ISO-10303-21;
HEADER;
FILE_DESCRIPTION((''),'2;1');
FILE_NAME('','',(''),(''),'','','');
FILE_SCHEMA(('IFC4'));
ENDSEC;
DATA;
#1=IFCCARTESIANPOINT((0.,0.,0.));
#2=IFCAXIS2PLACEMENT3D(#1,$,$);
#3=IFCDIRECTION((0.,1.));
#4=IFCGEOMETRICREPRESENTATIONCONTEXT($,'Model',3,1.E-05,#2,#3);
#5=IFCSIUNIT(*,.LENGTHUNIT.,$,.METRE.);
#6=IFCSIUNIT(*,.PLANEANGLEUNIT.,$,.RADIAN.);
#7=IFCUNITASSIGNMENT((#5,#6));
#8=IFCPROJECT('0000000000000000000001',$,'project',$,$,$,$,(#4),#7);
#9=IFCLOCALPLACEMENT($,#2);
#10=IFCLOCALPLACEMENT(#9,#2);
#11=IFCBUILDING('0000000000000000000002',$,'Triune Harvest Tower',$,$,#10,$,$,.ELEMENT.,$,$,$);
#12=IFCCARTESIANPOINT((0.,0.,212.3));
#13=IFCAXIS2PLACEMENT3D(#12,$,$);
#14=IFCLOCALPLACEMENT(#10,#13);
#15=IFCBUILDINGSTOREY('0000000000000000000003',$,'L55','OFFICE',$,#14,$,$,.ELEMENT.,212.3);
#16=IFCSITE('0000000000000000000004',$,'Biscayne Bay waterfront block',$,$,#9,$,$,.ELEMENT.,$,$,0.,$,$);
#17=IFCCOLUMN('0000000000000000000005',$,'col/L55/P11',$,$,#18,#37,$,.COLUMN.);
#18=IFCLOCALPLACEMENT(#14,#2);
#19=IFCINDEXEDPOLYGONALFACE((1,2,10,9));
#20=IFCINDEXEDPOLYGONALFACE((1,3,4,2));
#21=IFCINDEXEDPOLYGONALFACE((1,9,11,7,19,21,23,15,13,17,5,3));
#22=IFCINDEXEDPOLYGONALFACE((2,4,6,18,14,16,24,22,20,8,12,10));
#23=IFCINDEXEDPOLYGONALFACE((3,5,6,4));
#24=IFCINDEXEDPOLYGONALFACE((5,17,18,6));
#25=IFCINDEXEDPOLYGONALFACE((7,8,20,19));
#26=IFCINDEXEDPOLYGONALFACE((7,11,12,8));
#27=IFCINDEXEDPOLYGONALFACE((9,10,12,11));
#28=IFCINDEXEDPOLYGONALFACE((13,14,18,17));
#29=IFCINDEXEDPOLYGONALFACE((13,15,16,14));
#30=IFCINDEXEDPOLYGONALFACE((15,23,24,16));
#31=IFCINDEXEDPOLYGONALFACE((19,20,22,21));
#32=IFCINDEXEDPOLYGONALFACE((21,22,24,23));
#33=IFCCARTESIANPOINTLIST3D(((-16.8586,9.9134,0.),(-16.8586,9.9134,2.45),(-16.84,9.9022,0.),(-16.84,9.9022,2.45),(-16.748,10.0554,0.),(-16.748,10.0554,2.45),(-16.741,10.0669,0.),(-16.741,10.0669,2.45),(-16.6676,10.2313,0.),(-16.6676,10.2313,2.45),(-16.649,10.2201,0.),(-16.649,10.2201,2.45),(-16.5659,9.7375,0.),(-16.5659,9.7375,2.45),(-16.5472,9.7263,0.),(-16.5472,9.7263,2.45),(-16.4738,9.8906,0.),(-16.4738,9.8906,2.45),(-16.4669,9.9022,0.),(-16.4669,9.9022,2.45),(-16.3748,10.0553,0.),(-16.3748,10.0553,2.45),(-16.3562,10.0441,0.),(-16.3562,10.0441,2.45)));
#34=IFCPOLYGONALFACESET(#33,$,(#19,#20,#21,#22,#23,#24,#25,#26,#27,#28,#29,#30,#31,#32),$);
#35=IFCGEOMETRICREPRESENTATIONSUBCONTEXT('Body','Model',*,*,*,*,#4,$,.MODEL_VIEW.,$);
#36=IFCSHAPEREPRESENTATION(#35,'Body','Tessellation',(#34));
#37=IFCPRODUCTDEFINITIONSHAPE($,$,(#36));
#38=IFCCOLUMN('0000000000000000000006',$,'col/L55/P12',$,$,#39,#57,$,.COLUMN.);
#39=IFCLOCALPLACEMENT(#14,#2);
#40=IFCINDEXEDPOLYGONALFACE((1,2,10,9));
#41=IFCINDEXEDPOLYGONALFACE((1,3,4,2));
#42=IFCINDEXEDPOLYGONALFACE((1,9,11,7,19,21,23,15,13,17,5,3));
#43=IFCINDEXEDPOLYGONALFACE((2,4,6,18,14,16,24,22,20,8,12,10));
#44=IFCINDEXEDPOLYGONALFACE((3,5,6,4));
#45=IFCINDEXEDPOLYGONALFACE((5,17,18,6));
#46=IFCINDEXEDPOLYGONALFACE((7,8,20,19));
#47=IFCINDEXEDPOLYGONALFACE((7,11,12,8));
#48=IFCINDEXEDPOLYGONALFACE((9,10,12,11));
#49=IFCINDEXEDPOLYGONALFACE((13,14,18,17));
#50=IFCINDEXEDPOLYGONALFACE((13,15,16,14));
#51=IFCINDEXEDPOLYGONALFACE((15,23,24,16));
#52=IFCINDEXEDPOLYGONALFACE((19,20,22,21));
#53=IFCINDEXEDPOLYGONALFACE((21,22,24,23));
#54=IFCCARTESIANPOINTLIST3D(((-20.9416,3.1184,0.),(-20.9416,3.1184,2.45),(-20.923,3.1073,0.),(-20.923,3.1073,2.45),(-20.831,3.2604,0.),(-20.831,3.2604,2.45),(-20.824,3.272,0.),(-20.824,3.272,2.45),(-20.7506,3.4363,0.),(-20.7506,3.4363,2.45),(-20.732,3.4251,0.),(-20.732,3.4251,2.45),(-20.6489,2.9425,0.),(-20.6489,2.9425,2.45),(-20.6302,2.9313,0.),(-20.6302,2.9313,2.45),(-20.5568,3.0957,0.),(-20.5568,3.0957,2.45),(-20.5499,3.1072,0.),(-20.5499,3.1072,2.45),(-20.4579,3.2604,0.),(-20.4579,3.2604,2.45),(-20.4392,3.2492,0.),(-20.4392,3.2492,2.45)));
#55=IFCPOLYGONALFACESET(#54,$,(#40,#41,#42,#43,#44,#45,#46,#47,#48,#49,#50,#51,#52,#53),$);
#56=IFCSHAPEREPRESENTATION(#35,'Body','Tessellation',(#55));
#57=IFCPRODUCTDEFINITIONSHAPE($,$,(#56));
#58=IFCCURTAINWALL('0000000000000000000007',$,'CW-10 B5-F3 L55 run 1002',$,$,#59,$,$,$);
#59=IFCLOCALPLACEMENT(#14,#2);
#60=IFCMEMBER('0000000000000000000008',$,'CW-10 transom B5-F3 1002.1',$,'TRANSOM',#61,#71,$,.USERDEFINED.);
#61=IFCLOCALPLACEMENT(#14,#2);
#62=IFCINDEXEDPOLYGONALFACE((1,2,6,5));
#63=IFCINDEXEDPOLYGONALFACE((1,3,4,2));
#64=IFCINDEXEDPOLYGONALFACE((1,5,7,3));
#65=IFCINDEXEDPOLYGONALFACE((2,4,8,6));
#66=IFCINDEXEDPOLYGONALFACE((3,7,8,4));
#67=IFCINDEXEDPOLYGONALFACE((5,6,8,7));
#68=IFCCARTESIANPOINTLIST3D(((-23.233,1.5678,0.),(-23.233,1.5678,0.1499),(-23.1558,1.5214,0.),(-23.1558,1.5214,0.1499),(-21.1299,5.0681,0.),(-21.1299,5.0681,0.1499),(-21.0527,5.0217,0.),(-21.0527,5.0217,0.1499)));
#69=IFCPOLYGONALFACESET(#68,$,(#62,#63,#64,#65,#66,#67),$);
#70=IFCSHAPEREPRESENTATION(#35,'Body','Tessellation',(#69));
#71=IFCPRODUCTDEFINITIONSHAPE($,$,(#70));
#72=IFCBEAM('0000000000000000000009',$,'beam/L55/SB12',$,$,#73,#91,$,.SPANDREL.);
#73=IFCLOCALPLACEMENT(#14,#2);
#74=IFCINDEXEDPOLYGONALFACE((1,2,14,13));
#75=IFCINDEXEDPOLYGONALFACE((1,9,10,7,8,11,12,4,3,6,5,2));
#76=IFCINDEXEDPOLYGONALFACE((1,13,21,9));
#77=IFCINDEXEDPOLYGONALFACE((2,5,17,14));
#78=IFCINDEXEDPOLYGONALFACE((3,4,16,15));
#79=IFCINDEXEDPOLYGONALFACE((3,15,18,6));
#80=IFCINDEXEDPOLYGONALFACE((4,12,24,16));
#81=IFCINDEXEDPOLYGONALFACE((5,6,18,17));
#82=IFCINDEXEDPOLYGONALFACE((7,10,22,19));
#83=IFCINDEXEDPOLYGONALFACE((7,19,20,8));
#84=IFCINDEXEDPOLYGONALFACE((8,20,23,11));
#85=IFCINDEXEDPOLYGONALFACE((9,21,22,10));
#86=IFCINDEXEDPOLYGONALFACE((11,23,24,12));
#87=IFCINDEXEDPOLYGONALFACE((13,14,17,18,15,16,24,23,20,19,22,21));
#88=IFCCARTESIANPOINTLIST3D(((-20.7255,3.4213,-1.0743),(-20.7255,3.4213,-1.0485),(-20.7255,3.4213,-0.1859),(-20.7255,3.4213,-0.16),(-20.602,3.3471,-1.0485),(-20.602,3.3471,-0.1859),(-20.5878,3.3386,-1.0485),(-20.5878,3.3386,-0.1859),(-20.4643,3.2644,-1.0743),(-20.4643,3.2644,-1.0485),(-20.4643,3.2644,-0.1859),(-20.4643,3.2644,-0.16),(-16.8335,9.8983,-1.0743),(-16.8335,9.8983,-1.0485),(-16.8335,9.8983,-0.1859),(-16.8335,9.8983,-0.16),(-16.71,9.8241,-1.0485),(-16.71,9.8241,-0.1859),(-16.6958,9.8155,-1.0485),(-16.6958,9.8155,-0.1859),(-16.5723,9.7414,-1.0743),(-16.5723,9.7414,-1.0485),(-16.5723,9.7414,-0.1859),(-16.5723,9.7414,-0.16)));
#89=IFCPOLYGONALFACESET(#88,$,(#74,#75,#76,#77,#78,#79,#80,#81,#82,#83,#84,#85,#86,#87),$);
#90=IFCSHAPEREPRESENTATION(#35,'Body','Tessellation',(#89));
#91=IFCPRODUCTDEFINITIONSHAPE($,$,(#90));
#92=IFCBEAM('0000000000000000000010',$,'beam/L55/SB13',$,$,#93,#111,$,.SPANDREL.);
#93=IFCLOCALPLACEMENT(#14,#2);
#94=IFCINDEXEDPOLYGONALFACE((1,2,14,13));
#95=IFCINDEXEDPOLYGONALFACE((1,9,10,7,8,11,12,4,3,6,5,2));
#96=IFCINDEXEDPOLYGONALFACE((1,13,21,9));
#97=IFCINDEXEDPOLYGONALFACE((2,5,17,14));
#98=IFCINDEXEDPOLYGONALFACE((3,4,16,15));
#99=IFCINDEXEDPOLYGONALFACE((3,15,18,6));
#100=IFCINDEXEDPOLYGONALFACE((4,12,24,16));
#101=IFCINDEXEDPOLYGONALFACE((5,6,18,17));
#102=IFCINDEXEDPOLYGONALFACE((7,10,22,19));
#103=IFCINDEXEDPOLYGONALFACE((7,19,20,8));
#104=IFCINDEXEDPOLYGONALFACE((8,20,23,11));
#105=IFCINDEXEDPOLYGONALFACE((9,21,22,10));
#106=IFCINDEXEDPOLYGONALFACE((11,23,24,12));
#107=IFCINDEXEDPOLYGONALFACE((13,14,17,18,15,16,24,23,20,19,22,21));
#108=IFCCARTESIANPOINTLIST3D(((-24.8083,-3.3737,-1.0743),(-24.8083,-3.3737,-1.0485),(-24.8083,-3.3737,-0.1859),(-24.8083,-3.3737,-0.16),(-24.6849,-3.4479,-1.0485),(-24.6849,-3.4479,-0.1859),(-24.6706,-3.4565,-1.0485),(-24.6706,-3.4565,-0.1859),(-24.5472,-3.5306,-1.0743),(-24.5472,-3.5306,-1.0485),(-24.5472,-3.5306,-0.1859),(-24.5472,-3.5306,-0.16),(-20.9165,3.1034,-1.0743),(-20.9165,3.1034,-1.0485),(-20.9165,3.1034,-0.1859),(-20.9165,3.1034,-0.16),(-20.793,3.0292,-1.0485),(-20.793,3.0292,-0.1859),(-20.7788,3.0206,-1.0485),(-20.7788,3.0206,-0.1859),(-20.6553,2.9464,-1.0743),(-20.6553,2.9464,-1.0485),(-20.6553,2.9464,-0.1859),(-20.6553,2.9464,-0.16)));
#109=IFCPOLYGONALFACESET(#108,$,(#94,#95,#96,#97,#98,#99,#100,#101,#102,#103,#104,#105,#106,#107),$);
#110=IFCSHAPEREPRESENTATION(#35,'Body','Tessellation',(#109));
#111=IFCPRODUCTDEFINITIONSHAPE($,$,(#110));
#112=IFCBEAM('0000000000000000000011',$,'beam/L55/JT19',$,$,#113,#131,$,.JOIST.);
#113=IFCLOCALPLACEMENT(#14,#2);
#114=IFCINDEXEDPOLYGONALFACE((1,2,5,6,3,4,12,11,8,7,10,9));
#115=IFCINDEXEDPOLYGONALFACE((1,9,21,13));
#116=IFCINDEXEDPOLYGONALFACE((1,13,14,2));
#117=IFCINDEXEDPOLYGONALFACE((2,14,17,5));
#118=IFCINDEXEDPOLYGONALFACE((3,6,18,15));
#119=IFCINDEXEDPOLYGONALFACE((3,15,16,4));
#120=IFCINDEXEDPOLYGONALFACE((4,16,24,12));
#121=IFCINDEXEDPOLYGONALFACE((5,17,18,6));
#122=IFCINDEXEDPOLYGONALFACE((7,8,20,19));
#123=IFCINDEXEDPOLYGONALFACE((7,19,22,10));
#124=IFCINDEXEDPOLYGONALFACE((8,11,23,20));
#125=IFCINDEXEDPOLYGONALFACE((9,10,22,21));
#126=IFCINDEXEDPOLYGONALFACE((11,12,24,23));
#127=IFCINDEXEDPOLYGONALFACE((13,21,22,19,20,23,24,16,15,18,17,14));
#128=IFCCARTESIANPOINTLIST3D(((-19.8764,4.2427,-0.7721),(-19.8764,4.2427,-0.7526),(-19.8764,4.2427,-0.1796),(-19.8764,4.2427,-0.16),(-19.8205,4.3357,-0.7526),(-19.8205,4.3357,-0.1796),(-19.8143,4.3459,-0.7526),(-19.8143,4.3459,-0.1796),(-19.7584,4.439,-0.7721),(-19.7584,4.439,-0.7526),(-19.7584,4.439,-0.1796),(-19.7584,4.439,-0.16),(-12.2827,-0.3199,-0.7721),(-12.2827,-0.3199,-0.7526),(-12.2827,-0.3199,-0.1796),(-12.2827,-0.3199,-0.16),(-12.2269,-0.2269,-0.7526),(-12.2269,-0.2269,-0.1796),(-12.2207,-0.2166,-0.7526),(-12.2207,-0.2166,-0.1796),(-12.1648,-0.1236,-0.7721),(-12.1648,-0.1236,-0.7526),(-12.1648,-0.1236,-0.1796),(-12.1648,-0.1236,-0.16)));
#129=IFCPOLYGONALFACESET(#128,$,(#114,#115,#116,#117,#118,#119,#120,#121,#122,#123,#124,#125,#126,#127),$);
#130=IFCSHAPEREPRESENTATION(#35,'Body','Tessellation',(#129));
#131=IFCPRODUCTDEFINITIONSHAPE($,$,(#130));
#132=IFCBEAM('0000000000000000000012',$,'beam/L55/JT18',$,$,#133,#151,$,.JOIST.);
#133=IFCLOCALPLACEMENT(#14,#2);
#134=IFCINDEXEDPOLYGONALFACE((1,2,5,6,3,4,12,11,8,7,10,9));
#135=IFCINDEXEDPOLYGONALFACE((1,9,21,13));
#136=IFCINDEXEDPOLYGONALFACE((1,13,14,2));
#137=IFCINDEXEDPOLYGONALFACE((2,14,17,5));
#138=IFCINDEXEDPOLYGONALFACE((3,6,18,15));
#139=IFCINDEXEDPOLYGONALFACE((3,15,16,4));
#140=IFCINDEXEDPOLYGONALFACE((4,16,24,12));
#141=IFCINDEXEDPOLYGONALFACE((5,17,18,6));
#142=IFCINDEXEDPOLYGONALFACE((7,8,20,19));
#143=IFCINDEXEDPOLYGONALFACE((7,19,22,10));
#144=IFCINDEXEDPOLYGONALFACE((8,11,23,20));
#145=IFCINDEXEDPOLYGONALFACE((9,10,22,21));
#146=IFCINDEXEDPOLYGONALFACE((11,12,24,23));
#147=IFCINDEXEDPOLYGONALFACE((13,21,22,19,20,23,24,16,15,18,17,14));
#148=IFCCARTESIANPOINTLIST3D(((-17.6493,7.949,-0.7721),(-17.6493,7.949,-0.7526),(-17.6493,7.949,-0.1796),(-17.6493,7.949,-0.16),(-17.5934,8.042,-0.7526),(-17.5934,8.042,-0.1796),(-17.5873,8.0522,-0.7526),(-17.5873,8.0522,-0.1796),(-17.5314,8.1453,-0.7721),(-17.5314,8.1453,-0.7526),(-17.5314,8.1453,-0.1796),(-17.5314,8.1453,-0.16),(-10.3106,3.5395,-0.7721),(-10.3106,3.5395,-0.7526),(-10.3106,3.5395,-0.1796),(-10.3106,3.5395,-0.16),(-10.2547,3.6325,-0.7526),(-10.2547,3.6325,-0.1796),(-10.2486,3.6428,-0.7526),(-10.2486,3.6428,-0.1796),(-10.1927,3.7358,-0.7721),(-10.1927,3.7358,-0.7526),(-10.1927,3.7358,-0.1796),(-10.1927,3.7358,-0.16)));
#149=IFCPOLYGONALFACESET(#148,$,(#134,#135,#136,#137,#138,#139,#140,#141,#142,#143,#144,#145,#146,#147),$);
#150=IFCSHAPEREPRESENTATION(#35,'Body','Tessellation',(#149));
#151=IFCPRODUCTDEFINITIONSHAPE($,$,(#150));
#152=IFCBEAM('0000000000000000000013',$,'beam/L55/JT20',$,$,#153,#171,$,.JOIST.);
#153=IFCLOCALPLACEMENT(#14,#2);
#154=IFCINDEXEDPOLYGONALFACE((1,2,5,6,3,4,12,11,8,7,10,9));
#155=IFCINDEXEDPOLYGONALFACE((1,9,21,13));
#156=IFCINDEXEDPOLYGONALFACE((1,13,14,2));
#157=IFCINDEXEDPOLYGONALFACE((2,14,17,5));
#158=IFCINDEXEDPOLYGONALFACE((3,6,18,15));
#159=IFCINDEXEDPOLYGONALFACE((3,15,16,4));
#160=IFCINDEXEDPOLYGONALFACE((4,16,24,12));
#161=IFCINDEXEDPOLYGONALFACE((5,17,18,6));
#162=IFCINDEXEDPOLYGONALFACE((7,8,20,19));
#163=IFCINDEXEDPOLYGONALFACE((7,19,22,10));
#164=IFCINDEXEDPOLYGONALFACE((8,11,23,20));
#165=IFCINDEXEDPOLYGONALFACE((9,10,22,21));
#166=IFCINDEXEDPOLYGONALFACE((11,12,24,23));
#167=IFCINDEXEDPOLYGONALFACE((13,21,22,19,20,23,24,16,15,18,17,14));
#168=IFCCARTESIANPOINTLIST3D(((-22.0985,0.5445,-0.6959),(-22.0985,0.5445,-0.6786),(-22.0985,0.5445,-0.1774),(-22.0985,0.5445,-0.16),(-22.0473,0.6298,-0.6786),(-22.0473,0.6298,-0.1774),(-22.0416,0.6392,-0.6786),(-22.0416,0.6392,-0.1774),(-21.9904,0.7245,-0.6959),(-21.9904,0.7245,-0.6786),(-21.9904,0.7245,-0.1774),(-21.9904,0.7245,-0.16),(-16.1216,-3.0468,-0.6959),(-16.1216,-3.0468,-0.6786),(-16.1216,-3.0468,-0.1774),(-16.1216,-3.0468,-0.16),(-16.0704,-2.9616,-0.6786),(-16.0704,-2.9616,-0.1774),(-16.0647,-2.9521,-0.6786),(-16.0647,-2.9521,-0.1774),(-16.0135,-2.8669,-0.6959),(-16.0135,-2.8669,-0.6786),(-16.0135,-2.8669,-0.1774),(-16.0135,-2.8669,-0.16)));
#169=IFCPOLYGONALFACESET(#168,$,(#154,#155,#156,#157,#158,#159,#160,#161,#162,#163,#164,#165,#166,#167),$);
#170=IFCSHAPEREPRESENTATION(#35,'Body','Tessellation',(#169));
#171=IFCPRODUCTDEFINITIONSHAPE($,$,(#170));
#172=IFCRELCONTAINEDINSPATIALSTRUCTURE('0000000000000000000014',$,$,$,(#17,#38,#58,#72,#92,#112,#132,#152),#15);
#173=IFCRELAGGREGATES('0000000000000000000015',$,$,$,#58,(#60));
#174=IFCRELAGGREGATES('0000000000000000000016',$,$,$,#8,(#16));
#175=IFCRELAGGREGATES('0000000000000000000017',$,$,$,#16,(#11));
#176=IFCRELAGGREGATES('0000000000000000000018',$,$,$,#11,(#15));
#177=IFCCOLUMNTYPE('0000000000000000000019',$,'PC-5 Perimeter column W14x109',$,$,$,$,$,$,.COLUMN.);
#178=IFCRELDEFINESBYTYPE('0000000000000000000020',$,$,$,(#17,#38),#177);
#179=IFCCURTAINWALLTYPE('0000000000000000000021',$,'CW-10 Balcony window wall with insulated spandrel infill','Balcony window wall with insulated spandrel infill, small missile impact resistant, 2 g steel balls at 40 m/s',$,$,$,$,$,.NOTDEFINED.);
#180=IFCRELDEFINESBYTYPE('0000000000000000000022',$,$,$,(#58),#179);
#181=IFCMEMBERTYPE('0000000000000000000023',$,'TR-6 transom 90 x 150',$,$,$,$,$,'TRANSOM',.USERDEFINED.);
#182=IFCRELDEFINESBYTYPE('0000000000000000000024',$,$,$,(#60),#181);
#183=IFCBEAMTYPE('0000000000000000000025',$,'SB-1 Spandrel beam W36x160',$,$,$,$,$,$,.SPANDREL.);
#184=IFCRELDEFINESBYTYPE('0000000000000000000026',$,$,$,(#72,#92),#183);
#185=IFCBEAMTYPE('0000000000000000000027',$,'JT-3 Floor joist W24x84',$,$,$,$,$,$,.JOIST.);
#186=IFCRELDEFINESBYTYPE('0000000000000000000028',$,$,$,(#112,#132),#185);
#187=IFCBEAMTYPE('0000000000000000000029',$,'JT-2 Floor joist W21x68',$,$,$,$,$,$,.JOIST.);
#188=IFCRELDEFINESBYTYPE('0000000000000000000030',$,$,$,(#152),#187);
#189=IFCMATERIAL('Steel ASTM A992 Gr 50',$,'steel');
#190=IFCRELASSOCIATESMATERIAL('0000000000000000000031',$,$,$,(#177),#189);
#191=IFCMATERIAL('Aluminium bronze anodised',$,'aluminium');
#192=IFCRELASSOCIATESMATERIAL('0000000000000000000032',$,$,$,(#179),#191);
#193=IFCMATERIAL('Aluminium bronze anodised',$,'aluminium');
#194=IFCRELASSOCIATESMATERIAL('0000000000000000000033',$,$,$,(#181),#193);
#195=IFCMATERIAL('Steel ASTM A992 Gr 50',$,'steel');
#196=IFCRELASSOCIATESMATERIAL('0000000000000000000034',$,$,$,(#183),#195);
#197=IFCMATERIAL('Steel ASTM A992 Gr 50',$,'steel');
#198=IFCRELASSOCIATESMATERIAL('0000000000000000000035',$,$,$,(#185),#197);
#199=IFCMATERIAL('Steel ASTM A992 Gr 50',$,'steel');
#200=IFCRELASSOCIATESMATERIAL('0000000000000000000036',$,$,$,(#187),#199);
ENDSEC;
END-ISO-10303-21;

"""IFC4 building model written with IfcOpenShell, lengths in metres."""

from ifc_helpers import new_model, si_unit, direction, frame, origin, origin_2d, place, context, subcontext, project, spatial, rectangle, i_section, extrude, source, transform, mapped, material, material_profile, profile_set, type_object, element, aggregate, save


model = new_model("IFC4")

# Units and contexts
model_context = context("Model", 3, precision=1e-05, world=origin(), true_north=direction((0.0, 1.0)))
body_context = subcontext(model_context, "Body", "Model", "MODEL_VIEW")
ifc_project = project(units=[si_unit("LENGTHUNIT", "METRE"), si_unit("PLANEANGLEUNIT", "RADIAN")], contexts=[model_context])

# Site, building, storey
site_placement = place(None, origin())
site = spatial("IfcSite", under=ifc_project, at=site_placement, Name="Biscayne Bay waterfront block", CompositionType="ELEMENT", RefElevation=0.0)
building_placement = place(site_placement, origin())
building = spatial("IfcBuilding", under=site, at=building_placement, Name="Triune Harvest Tower", CompositionType="ELEMENT")
storey_placement = place(building_placement, frame((0.0, 0.0, 212.3)))
storey = spatial("IfcBuildingStorey", under=building, at=storey_placement, Name="L55", Description="OFFICE", CompositionType="ELEMENT", Elevation=212.3)

# Columns
ifc_material_1 = material(Name="Steel ASTM A992 Gr 50", Category="steel")
ifc_material_profile_1 = material_profile(ifc_material_1, i_section(OverallWidth=0.3708, OverallDepth=0.3633, WebThickness=0.0134, FlangeThickness=0.0217, at=origin_2d()), Name="W14x109")
ifc_profile_set_1 = profile_set([ifc_material_profile_1], Name="Steel ASTM A992 Gr 50")
column_type = type_object("IfcColumnType", Name="PC-5 Perimeter column W14x109", PredefinedType="COLUMN", material=ifc_profile_set_1)
shared_shape_1 = source(origin(), body_context, "Body", "SweptSolid", [
    extrude(i_section(OverallWidth=0.3708, OverallDepth=0.3633, WebThickness=0.0134, FlangeThickness=0.0217, at=origin_2d()), origin(), (0.0, 0.0, 1.0), 2.45),
])
for number, where, z_axis, x_axis, name in (
    (1, (-16.6074, 9.9788, 0.0), (0.0, 0.0, 1.0), (-0.515037, -0.857168, 0.0), "col/L55/P11"),
    (2, (-20.6904, 3.1838, 0.0), (0.0, 0.0, 1.0), (-0.515037, -0.857168, 0.0), "col/L55/P12"),
):
    element("IfcColumn", number, at=place(storey_placement, frame(where, z_axis=z_axis, x_axis=x_axis)), inside=storey, type_object=column_type, Name=name, PredefinedType="COLUMN", context=body_context, shape_type="MappedRepresentation", body=[
        mapped(shared_shape_1, transform((0.0, 0.0, 0.0), scale=1.0)),
    ])

# Curtain wall, member
ifc_material_2 = material(Name="Aluminium bronze anodised", Category="aluminium")
curtain_wall_type_1 = type_object("IfcCurtainWallType", Name="CW-10 Balcony window wall with insulated spandrel infill", Description="Balcony window wall with insulated spandrel infill, small missile impact resistant, 2 g steel balls at 40 m/s", PredefinedType="NOTDEFINED", material=ifc_material_2)
curtain_wall_1_placement = place(storey_placement, origin())
curtain_wall_1 = element("IfcCurtainWall", 3, at=curtain_wall_1_placement, inside=storey, type_object=curtain_wall_type_1, Name="CW-10 B5-F3 L55 run 1002")
ifc_material_3 = material(Name="Aluminium bronze anodised", Category="aluminium")
ifc_material_profile_2 = material_profile(ifc_material_3, rectangle(XDim=0.0901, YDim=0.1499, at=origin_2d()), Name="TR-6 transom 90 x 150")
ifc_profile_set_2 = profile_set([ifc_material_profile_2], Name="Aluminium bronze anodised")
member_type_1 = type_object("IfcMemberType", Name="TR-6 transom 90 x 150", ElementType="TRANSOM", PredefinedType="USERDEFINED", material=ifc_profile_set_2)
member_1_placement = place(storey_placement, frame((-21.0913, 5.0449, 0.075), z_axis=(-0.515014, -0.857182, 0.0), x_axis=(0.857182, -0.515014, 0.0)))
member_1 = element("IfcMember", 4, at=member_1_placement, type_object=member_type_1, Name="CW-10 transom B5-F3 1002.1", ObjectType="TRANSOM", PredefinedType="USERDEFINED", context=body_context, shape_type="SweptSolid", body=[
    extrude(rectangle(XDim=0.0901, YDim=0.1499, at=origin_2d()), origin(), (0.0, 0.0, 1.0), 4.0835),
])

# Beams
ifc_material_4 = material(Name="Steel ASTM A992 Gr 50", Category="steel")
ifc_material_profile_3 = material_profile(ifc_material_4, i_section(OverallWidth=0.3047, OverallDepth=0.9143, WebThickness=0.0166, FlangeThickness=0.0259, at=origin_2d()), Name="W36x160")
ifc_profile_set_3 = profile_set([ifc_material_profile_3], Name="Steel ASTM A992 Gr 50")
beam_type_1 = type_object("IfcBeamType", Name="SB-1 Spandrel beam W36x160", PredefinedType="SPANDREL", material=ifc_profile_set_3)
shared_shape_2 = source(origin(), body_context, "Body", "SweptSolid", [
    extrude(i_section(OverallWidth=0.3047, OverallDepth=0.9143, WebThickness=0.0166, FlangeThickness=0.0259, at=origin_2d()), origin(), (0.0, 0.0, 1.0), 7.5564),
])
for number, where, z_axis, x_axis, name in (
    (5, (-16.7029, 9.8198, -0.6172), (-0.515066, -0.857151, 0.0), (0.857151, -0.515066, 0.0), "beam/L55/SB12"),
    (6, (-20.7859, 3.0249, -0.6172), (-0.515042, -0.857165, 0.0), (0.857165, -0.515042, 0.0), "beam/L55/SB13"),
):
    element("IfcBeam", number, at=place(storey_placement, frame(where, z_axis=z_axis, x_axis=x_axis)), inside=storey, type_object=beam_type_1, Name=name, PredefinedType="SPANDREL", context=body_context, shape_type="MappedRepresentation", body=[
        mapped(shared_shape_2, transform((0.0, 0.0, 0.0), scale=1.0)),
    ])
ifc_material_5 = material(Name="Steel ASTM A992 Gr 50", Category="steel")
ifc_material_profile_4 = material_profile(ifc_material_5, i_section(OverallWidth=0.229, OverallDepth=0.6121, WebThickness=0.012, FlangeThickness=0.0195, at=origin_2d()), Name="W24x84")
ifc_profile_set_4 = profile_set([ifc_material_profile_4], Name="Steel ASTM A992 Gr 50")
beam_type_2 = type_object("IfcBeamType", Name="JT-3 Floor joist W24x84", PredefinedType="JOIST", material=ifc_profile_set_4)
shared_shape_3 = source(origin(), body_context, "Body", "SweptSolid", [
    extrude(i_section(OverallWidth=0.229, OverallDepth=0.6121, WebThickness=0.012, FlangeThickness=0.0195, at=origin_2d()), origin(), (0.0, 0.0, 1.0), 8.8589),
])
beam_1_placement = place(storey_placement, frame((-19.8174, 4.3408, -0.4661), z_axis=(0.857174, -0.515027, 0.0), x_axis=(0.515027, 0.857174, 0.0)))
element("IfcBeam", 7, at=beam_1_placement, inside=storey, type_object=beam_type_2, Name="beam/L55/JT19", PredefinedType="JOIST", context=body_context, shape_type="MappedRepresentation", body=[
    mapped(shared_shape_3, transform((0.0, 0.0, 0.0), scale=1.0)),
])
shared_shape_4 = source(origin(), body_context, "Body", "SweptSolid", [
    extrude(i_section(OverallWidth=0.229, OverallDepth=0.6121, WebThickness=0.012, FlangeThickness=0.0195, at=origin_2d()), origin(), (0.0, 0.0, 1.0), 8.5615),
])
beam_2_placement = place(storey_placement, frame((-17.5903, 8.0471, -0.4661), z_axis=(0.857171, -0.515032, 0.0), x_axis=(0.515032, 0.857171, 0.0)))
element("IfcBeam", 8, at=beam_2_placement, inside=storey, type_object=beam_type_2, Name="beam/L55/JT18", PredefinedType="JOIST", context=body_context, shape_type="MappedRepresentation", body=[
    mapped(shared_shape_4, transform((0.0, 0.0, 0.0), scale=1.0)),
])
ifc_material_6 = material(Name="Steel ASTM A992 Gr 50", Category="steel")
ifc_material_profile_5 = material_profile(ifc_material_6, i_section(OverallWidth=0.21, OverallDepth=0.5359, WebThickness=0.011, FlangeThickness=0.0173, at=origin_2d()), Name="W21x68")
ifc_profile_set_5 = profile_set([ifc_material_profile_5], Name="Steel ASTM A992 Gr 50")
beam_type_3 = type_object("IfcBeamType", Name="JT-2 Floor joist W21x68", PredefinedType="JOIST", material=ifc_profile_set_5)
shared_shape_5 = source(origin(), body_context, "Body", "SweptSolid", [
    extrude(i_section(OverallWidth=0.21, OverallDepth=0.5359, WebThickness=0.011, FlangeThickness=0.0173, at=origin_2d()), origin(), (0.0, 0.0, 1.0), 6.9729),
])
beam_3_placement = place(storey_placement, frame((-22.0444, 0.6345, -0.428), z_axis=(0.857162, -0.515047, 0.0), x_axis=(0.515047, 0.857162, 0.0)))
element("IfcBeam", 9, at=beam_3_placement, inside=storey, type_object=beam_type_3, Name="beam/L55/JT20", PredefinedType="JOIST", context=body_context, shape_type="MappedRepresentation", body=[
    mapped(shared_shape_5, transform((0.0, 0.0, 0.0), scale=1.0)),
])

aggregate(curtain_wall_1, [member_1])

save(model, "model.ifc")
